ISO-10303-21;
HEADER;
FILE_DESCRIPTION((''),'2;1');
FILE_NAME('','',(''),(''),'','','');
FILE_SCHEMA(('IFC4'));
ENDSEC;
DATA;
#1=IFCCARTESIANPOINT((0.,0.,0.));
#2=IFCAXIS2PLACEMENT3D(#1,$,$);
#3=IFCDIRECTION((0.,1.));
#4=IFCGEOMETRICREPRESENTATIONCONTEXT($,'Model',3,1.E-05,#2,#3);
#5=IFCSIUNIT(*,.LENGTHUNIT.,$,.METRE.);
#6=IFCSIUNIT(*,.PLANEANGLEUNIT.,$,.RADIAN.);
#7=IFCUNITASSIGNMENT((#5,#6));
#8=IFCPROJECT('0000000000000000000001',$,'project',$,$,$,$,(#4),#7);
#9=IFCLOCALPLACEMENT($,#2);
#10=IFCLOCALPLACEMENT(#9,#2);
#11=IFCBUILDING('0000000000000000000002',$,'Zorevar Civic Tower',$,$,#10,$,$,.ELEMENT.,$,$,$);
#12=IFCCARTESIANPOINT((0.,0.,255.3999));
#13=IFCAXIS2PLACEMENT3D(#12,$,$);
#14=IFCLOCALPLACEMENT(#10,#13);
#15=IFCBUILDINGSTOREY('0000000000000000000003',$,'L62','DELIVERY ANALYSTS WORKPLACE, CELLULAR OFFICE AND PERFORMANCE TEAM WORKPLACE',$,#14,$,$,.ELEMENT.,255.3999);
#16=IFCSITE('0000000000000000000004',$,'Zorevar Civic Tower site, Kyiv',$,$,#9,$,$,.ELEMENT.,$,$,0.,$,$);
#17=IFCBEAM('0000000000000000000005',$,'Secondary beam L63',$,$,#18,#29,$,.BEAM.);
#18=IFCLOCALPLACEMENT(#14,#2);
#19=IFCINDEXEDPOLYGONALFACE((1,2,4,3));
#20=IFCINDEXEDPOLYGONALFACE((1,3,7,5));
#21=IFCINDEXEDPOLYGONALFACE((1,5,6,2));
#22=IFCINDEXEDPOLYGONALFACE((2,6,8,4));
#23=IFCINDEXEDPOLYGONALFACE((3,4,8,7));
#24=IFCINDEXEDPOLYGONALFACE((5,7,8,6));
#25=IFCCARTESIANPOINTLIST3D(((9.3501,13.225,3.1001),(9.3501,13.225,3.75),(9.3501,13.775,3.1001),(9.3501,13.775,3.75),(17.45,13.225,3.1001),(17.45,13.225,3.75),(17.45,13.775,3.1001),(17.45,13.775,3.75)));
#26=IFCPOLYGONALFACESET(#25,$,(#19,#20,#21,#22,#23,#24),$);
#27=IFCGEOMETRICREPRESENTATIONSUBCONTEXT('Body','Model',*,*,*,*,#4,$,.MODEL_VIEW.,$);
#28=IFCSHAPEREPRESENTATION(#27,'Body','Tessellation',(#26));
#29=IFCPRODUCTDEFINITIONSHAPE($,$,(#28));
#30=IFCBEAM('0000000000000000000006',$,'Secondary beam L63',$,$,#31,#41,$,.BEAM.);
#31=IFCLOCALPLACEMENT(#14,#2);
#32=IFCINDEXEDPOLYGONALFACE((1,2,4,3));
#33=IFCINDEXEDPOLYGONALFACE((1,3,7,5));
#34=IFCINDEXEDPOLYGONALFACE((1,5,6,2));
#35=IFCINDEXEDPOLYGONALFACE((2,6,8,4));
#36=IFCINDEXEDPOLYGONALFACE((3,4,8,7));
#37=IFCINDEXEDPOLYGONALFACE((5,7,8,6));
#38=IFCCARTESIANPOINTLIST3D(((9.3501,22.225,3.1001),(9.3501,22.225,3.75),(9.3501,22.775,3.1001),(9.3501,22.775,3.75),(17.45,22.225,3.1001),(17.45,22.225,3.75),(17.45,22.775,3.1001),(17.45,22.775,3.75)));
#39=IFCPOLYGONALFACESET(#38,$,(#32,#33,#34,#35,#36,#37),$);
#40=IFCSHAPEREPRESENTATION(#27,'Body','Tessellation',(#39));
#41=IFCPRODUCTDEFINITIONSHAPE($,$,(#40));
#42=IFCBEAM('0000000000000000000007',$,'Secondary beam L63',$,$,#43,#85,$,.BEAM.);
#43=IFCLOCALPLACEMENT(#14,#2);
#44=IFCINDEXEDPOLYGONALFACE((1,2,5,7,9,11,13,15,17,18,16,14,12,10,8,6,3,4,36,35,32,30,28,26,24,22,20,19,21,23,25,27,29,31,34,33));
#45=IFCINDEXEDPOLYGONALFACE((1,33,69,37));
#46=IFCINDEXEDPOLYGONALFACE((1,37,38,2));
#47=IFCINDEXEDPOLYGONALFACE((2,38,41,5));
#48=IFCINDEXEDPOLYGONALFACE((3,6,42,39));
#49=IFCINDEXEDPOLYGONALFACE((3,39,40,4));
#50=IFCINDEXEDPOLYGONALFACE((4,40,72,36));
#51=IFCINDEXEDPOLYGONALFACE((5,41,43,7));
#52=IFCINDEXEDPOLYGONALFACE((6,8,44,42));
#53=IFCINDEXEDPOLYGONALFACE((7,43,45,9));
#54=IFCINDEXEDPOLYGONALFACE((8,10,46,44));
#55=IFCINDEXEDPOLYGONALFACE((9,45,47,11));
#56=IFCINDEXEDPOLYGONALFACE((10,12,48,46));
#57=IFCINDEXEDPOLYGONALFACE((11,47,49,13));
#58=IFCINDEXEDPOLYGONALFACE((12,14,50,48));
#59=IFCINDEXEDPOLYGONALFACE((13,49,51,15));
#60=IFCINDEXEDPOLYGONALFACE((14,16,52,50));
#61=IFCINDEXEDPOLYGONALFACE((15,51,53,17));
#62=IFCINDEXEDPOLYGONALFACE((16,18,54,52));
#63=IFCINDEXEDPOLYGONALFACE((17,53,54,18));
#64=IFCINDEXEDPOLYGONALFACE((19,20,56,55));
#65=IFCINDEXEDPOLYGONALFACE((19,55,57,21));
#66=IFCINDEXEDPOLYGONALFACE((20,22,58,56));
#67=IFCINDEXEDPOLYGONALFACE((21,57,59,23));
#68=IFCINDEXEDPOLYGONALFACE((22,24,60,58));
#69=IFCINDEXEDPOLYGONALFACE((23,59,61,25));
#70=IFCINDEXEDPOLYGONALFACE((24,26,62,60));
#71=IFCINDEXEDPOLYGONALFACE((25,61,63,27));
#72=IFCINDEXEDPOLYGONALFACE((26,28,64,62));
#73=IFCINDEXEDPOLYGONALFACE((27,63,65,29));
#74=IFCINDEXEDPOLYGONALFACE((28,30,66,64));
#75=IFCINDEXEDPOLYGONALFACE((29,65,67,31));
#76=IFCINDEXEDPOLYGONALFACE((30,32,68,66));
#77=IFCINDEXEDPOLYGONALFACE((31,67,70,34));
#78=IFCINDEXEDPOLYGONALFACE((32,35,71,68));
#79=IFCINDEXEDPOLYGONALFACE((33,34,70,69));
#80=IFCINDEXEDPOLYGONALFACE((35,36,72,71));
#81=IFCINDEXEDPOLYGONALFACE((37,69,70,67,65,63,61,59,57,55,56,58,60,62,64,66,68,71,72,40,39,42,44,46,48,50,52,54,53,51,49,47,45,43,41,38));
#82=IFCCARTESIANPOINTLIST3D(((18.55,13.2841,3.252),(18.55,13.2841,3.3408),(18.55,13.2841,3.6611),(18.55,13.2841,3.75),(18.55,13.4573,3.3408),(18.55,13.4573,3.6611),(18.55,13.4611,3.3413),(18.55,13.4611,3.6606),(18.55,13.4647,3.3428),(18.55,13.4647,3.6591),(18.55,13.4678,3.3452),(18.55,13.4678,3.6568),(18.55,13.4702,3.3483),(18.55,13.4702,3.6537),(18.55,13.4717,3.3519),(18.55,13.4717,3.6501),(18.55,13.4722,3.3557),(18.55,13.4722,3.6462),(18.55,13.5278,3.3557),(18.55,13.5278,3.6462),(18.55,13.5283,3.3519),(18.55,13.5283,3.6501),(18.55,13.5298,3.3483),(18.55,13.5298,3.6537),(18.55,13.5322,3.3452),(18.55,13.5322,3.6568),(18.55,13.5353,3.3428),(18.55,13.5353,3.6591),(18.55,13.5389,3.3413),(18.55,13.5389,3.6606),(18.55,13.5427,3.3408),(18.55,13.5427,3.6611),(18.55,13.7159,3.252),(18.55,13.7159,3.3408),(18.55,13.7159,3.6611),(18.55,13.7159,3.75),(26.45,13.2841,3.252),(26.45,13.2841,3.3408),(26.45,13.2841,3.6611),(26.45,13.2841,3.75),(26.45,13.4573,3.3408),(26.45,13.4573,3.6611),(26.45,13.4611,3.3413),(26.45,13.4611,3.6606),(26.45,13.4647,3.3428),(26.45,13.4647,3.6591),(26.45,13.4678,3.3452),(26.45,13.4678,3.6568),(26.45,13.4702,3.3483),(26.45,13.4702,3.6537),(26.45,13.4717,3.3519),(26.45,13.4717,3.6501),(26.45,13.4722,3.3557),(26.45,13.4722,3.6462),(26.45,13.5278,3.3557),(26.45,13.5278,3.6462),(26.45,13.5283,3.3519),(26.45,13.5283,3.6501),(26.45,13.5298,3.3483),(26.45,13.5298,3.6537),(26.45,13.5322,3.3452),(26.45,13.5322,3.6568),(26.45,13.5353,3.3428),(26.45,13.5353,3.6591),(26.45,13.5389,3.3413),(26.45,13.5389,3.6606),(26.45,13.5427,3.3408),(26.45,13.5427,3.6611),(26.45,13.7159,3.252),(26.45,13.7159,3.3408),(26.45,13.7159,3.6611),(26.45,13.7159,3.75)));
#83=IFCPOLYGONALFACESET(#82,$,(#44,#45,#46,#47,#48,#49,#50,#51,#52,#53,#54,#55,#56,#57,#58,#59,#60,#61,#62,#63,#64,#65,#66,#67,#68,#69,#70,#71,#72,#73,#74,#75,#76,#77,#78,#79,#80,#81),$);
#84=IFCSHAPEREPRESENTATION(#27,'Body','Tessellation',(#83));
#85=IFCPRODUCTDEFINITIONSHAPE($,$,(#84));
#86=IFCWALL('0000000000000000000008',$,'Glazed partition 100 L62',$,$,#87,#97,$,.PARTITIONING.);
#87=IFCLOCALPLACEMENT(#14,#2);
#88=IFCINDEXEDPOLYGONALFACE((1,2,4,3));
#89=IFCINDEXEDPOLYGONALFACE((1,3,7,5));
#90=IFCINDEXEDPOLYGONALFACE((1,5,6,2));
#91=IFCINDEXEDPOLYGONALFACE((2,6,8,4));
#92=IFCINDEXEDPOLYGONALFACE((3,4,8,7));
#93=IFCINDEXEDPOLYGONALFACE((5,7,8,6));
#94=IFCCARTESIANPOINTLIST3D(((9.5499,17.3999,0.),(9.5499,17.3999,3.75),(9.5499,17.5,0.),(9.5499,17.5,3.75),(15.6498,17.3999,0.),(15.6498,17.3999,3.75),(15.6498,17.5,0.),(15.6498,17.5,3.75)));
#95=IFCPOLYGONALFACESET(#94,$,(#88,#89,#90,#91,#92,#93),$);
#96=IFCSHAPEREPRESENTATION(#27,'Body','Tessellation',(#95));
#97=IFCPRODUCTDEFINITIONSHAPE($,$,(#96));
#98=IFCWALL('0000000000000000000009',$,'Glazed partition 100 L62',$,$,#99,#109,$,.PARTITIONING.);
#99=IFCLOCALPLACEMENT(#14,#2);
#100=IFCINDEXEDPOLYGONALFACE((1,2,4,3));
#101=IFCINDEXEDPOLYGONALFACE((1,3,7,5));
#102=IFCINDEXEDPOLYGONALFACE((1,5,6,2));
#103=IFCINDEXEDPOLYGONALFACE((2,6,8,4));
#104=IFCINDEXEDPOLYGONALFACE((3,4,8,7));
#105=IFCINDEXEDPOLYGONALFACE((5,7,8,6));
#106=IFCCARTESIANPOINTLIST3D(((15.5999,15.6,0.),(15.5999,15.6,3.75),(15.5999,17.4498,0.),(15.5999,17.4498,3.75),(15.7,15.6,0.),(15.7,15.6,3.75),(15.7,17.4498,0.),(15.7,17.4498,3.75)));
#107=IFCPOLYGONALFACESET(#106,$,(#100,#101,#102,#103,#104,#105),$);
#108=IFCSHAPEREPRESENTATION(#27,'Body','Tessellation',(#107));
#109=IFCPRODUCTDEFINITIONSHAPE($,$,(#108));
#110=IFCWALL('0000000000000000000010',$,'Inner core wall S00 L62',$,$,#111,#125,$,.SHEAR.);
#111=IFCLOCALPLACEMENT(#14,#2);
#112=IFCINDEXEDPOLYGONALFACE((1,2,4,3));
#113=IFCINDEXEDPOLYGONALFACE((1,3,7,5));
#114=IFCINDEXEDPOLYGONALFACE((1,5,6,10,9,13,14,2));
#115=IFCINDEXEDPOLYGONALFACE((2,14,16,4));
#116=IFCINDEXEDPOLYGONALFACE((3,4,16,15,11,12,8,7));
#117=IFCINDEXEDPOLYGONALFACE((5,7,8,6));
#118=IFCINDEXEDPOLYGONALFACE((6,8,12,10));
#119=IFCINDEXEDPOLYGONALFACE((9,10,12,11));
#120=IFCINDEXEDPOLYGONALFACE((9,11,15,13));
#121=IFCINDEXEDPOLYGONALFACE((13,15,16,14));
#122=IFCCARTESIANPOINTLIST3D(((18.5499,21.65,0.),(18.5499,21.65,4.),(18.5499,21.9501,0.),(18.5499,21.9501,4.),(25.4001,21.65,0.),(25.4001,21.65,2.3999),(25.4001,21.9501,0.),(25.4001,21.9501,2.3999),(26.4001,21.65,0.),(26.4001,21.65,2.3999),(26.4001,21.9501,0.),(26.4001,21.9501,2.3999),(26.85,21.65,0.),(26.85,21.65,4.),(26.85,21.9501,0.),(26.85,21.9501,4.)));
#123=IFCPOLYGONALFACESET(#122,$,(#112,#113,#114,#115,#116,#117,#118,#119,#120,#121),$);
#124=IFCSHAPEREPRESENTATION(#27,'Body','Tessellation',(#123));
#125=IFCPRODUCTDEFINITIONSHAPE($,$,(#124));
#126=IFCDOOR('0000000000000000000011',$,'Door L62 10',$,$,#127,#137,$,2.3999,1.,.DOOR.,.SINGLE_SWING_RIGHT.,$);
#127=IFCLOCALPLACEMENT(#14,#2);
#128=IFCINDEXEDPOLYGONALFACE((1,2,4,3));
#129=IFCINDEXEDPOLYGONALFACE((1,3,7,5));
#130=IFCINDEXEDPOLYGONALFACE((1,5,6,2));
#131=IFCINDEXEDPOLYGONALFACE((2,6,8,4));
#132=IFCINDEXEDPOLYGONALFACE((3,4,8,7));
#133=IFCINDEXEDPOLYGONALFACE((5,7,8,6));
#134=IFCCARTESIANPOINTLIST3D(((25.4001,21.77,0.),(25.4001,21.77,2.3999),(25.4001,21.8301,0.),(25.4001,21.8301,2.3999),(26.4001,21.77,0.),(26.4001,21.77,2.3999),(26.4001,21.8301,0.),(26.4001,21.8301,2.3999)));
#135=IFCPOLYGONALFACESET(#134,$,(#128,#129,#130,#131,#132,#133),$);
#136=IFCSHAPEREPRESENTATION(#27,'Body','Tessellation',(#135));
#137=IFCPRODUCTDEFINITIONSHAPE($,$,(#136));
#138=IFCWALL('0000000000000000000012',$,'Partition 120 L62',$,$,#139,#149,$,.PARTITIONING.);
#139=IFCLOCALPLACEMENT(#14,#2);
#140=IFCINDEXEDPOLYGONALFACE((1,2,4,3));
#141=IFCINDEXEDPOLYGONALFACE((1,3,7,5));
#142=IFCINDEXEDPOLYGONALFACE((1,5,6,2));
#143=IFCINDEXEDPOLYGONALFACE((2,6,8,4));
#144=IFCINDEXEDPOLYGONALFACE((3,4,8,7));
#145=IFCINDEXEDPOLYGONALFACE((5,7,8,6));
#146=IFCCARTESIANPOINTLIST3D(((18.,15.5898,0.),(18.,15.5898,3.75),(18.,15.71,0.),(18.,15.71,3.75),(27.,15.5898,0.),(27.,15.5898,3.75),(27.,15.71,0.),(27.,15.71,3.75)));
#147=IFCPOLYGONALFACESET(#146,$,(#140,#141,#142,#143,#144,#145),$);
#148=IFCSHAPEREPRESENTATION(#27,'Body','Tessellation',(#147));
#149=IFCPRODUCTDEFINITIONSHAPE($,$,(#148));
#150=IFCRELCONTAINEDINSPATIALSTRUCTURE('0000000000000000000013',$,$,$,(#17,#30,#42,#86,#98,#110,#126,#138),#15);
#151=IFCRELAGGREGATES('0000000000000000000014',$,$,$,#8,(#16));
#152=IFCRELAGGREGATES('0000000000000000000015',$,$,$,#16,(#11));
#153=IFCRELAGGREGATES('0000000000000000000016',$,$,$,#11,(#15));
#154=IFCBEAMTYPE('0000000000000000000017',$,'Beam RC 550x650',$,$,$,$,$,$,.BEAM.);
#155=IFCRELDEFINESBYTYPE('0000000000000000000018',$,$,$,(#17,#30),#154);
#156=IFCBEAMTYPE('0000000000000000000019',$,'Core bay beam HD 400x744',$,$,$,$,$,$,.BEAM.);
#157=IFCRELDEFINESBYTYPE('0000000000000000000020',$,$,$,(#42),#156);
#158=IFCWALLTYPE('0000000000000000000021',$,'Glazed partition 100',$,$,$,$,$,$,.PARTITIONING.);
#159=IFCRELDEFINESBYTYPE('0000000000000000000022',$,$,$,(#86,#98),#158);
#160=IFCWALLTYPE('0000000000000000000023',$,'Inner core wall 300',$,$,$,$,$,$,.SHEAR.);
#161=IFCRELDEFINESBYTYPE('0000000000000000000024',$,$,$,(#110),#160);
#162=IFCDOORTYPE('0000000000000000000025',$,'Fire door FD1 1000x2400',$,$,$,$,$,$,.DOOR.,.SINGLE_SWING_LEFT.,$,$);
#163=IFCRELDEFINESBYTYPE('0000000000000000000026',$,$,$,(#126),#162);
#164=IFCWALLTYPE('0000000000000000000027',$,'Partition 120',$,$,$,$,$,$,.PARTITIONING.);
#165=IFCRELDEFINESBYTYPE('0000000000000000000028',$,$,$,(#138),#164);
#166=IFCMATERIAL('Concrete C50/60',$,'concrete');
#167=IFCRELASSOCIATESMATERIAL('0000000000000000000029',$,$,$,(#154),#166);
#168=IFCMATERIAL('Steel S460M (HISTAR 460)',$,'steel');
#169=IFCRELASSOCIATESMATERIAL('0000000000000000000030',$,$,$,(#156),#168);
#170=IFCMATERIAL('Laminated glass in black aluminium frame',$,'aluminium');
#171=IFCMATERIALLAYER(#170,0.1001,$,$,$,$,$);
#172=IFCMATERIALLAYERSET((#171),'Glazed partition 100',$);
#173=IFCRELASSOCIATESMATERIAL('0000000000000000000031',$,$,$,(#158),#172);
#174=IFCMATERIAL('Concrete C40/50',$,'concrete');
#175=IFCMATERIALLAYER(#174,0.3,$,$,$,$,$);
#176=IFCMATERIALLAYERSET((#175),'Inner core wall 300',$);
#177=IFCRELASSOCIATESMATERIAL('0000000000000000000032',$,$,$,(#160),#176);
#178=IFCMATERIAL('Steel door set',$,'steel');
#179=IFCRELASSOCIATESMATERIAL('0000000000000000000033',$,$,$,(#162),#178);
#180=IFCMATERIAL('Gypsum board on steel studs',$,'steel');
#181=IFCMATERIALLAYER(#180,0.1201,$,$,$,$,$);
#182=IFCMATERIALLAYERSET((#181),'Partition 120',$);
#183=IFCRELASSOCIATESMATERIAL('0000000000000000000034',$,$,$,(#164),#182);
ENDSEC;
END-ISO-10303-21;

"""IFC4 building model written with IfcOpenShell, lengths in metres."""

from ifc_helpers import new_model, si_unit, direction, frame, frame_2d, origin, origin_2d, place, context, subcontext, project, spatial, rectangle, i_section, extrude, material, layer, layer_set, material_profile, profile_set, type_object, element, fill, save


model = new_model("IFC4")

# Units and contexts
model_context = context("Model", 3, precision=1e-05, world=origin(), true_north=direction((0.0, 1.0)))
body_context = subcontext(model_context, "Body", "Model", "MODEL_VIEW")
ifc_project = project(units=[si_unit("LENGTHUNIT", "METRE"), si_unit("PLANEANGLEUNIT", "RADIAN")], contexts=[model_context])

# Site, building, storey
site_placement = place(None, origin())
site = spatial("IfcSite", under=ifc_project, at=site_placement, Name="Zorevar Civic Tower site, Kyiv", CompositionType="ELEMENT", RefElevation=0.0)
building_placement = place(site_placement, origin())
building = spatial("IfcBuilding", under=site, at=building_placement, Name="Zorevar Civic Tower", CompositionType="ELEMENT")
storey_placement = place(building_placement, frame((0.0, 0.0, 255.3999)))
storey = spatial("IfcBuildingStorey", under=building, at=storey_placement, Name="L62", Description="DELIVERY ANALYSTS WORKPLACE, CELLULAR OFFICE AND PERFORMANCE TEAM WORKPLACE", CompositionType="ELEMENT", Elevation=255.3999)

# Beams
ifc_material_1 = material(Name="Concrete C50/60", Category="concrete")
ifc_material_profile_1 = material_profile(ifc_material_1, rectangle(XDim=0.55, YDim=0.6499, at=origin_2d()), Name="RC 550x650")
ifc_profile_set_1 = profile_set([ifc_material_profile_1], Name="Concrete C50/60")
beam_type_1 = type_object("IfcBeamType", Name="Beam RC 550x650", PredefinedType="BEAM", material=ifc_profile_set_1)
for number, where, z_axis, x_axis, name in (
    (1, (9.3501, 13.5, 3.425), (1.0, 0.0, 0.0), (0.0, 1.0, 0.0), "Secondary beam L63"),
    (2, (9.3501, 22.5, 3.425), (1.0, 0.0, 0.0), (0.0, 1.0, 0.0), "Secondary beam L63"),
):
    element("IfcBeam", number, at=place(storey_placement, frame(where, z_axis=z_axis, x_axis=x_axis)), inside=storey, type_object=beam_type_1, Name=name, PredefinedType="BEAM", context=body_context, shape_type="SweptSolid", body=[
        extrude(rectangle(XDim=0.55, YDim=0.6499, at=origin_2d()), origin(), (0.0, 0.0, 1.0), 8.0999),
    ])
ifc_material_2 = material(Name="Steel S460M (HISTAR 460)", Category="steel")
ifc_material_profile_2 = material_profile(ifc_material_2, i_section(OverallWidth=0.4319, OverallDepth=0.498, WebThickness=0.0557, FlangeThickness=0.0889, FilletRadius=0.0149, at=origin_2d()), Name="HD 400x744")
ifc_profile_set_2 = profile_set([ifc_material_profile_2], Name="Steel S460M (HISTAR 460)")
beam_type_2 = type_object("IfcBeamType", Name="Core bay beam HD 400x744", PredefinedType="BEAM", material=ifc_profile_set_2)
beam_placement = place(storey_placement, frame((18.55, 13.5, 3.501), z_axis=(1.0, 0.0, 0.0), x_axis=(0.0, 1.0, 0.0)))
element("IfcBeam", 3, at=beam_placement, inside=storey, type_object=beam_type_2, Name="Secondary beam L63", PredefinedType="BEAM", context=body_context, shape_type="SweptSolid", body=[
    extrude(i_section(OverallWidth=0.4319, OverallDepth=0.498, WebThickness=0.0557, FlangeThickness=0.0889, FilletRadius=0.0149, at=origin_2d()), origin(), (0.0, 0.0, 1.0), 7.8999),
])

# Shared definitions
ifc_material_3 = material(Name="Laminated glass in black aluminium frame", Category="aluminium")
ifc_layer_1 = layer(ifc_material_3, 0.1001)
ifc_layer_set_1 = layer_set([ifc_layer_1], Name="Glazed partition 100")
wall_type_1 = type_object("IfcWallType", Name="Glazed partition 100", PredefinedType="PARTITIONING", material=ifc_layer_set_1)

# Walls
wall_1_placement = place(storey_placement, frame((9.55, 17.45, 0.0), z_axis=(0.0, 0.0, 1.0), x_axis=(1.0, 0.0, 0.0)))
element("IfcWall", 4, at=wall_1_placement, inside=storey, type_object=wall_type_1, Name="Glazed partition 100 L62", PredefinedType="PARTITIONING", context=body_context, shape_type="SweptSolid", body=[
    extrude(rectangle(XDim=6.0999, YDim=0.1001, at=frame_2d((3.0498, 0.0))), origin(), (0.0, 0.0, 1.0), 3.75),
])
wall_2_placement = place(storey_placement, frame((15.6499, 15.6001, 0.0), z_axis=(0.0, 0.0, 1.0), x_axis=(0.0, 1.0, 0.0)))
element("IfcWall", 5, at=wall_2_placement, inside=storey, type_object=wall_type_1, Name="Glazed partition 100 L62", PredefinedType="PARTITIONING", context=body_context, shape_type="SweptSolid", body=[
    extrude(rectangle(XDim=1.8499, YDim=0.1001, at=frame_2d((0.9248, 0.0))), origin(), (0.0, 0.0, 1.0), 3.75),
])

# Wall, opening, door
ifc_material_4 = material(Name="Concrete C40/50", Category="concrete")
ifc_layer_2 = layer(ifc_material_4, 0.3)
ifc_layer_set_2 = layer_set([ifc_layer_2], Name="Inner core wall 300")
wall_type_2 = type_object("IfcWallType", Name="Inner core wall 300", PredefinedType="SHEAR", material=ifc_layer_set_2)
wall_3_placement = place(storey_placement, frame((18.55, 21.8, 0.0), z_axis=(0.0, 0.0, 1.0), x_axis=(1.0, 0.0, 0.0)))
wall_3 = element("IfcWall", 6, at=wall_3_placement, inside=storey, type_object=wall_type_2, Name="Inner core wall S00 L62", PredefinedType="SHEAR", context=body_context, shape_type="SweptSolid", body=[
    extrude(rectangle(XDim=8.3, YDim=0.3, at=frame_2d((4.1499, 0.0))), origin(), (0.0, 0.0, 1.0), 4.0),
])
opening_1_placement = place(wall_3_placement, frame((6.8501, 0.0, 0.0)))
opening_1 = element("IfcOpeningElement", 7, at=opening_1_placement, cuts=wall_3, PredefinedType="OPENING", context=body_context, shape_type="SweptSolid", body=[
    extrude(rectangle(XDim=1.0, YDim=2.3999, at=frame_2d((0.5, 1.2))), frame((0.0, 0.1599, 0.0), z_axis=(0.0, -1.0, 0.0), x_axis=(1.0, 0.0, 0.0)), (0.0, 0.0, 1.0), 0.3201),
])
ifc_material_5 = material(Name="Steel door set", Category="steel")
door_type_1 = type_object("IfcDoorType", Name="Fire door FD1 1000x2400", OperationType="SINGLE_SWING_LEFT", PredefinedType="DOOR", material=ifc_material_5)
door_1_placement = place(opening_1_placement, origin())
door_1 = element("IfcDoor", 8, at=door_1_placement, inside=storey, type_object=door_type_1, Name="Door L62 10", OperationType="SINGLE_SWING_RIGHT", OverallHeight=2.3999, OverallWidth=1.0, PredefinedType="DOOR", context=body_context, shape_type="SweptSolid", body=[
    extrude(rectangle(XDim=1.0, YDim=2.3999, at=frame_2d((0.5, 1.2))), frame((0.0, 0.03, 0.0), z_axis=(0.0, -1.0, 0.0), x_axis=(1.0, 0.0, 0.0)), (0.0, 0.0, 1.0), 0.0601),
])
fill(opening_1, door_1)

# Wall
ifc_material_6 = material(Name="Gypsum board on steel studs", Category="steel")
ifc_layer_3 = layer(ifc_material_6, 0.1201)
ifc_layer_set_3 = layer_set([ifc_layer_3], Name="Partition 120")
wall_type_3 = type_object("IfcWallType", Name="Partition 120", PredefinedType="PARTITIONING", material=ifc_layer_set_3)
wall_4_placement = place(storey_placement, frame((18.0, 15.6499, 0.0), z_axis=(0.0, 0.0, 1.0), x_axis=(1.0, 0.0, 0.0)))
element("IfcWall", 9, at=wall_4_placement, inside=storey, type_object=wall_type_3, Name="Partition 120 L62", PredefinedType="PARTITIONING", context=body_context, shape_type="SweptSolid", body=[
    extrude(rectangle(XDim=9.0, YDim=0.1201, at=frame_2d((4.5, 0.0))), origin(), (0.0, 0.0, 1.0), 3.75),
])

save(model, "model.ifc")
